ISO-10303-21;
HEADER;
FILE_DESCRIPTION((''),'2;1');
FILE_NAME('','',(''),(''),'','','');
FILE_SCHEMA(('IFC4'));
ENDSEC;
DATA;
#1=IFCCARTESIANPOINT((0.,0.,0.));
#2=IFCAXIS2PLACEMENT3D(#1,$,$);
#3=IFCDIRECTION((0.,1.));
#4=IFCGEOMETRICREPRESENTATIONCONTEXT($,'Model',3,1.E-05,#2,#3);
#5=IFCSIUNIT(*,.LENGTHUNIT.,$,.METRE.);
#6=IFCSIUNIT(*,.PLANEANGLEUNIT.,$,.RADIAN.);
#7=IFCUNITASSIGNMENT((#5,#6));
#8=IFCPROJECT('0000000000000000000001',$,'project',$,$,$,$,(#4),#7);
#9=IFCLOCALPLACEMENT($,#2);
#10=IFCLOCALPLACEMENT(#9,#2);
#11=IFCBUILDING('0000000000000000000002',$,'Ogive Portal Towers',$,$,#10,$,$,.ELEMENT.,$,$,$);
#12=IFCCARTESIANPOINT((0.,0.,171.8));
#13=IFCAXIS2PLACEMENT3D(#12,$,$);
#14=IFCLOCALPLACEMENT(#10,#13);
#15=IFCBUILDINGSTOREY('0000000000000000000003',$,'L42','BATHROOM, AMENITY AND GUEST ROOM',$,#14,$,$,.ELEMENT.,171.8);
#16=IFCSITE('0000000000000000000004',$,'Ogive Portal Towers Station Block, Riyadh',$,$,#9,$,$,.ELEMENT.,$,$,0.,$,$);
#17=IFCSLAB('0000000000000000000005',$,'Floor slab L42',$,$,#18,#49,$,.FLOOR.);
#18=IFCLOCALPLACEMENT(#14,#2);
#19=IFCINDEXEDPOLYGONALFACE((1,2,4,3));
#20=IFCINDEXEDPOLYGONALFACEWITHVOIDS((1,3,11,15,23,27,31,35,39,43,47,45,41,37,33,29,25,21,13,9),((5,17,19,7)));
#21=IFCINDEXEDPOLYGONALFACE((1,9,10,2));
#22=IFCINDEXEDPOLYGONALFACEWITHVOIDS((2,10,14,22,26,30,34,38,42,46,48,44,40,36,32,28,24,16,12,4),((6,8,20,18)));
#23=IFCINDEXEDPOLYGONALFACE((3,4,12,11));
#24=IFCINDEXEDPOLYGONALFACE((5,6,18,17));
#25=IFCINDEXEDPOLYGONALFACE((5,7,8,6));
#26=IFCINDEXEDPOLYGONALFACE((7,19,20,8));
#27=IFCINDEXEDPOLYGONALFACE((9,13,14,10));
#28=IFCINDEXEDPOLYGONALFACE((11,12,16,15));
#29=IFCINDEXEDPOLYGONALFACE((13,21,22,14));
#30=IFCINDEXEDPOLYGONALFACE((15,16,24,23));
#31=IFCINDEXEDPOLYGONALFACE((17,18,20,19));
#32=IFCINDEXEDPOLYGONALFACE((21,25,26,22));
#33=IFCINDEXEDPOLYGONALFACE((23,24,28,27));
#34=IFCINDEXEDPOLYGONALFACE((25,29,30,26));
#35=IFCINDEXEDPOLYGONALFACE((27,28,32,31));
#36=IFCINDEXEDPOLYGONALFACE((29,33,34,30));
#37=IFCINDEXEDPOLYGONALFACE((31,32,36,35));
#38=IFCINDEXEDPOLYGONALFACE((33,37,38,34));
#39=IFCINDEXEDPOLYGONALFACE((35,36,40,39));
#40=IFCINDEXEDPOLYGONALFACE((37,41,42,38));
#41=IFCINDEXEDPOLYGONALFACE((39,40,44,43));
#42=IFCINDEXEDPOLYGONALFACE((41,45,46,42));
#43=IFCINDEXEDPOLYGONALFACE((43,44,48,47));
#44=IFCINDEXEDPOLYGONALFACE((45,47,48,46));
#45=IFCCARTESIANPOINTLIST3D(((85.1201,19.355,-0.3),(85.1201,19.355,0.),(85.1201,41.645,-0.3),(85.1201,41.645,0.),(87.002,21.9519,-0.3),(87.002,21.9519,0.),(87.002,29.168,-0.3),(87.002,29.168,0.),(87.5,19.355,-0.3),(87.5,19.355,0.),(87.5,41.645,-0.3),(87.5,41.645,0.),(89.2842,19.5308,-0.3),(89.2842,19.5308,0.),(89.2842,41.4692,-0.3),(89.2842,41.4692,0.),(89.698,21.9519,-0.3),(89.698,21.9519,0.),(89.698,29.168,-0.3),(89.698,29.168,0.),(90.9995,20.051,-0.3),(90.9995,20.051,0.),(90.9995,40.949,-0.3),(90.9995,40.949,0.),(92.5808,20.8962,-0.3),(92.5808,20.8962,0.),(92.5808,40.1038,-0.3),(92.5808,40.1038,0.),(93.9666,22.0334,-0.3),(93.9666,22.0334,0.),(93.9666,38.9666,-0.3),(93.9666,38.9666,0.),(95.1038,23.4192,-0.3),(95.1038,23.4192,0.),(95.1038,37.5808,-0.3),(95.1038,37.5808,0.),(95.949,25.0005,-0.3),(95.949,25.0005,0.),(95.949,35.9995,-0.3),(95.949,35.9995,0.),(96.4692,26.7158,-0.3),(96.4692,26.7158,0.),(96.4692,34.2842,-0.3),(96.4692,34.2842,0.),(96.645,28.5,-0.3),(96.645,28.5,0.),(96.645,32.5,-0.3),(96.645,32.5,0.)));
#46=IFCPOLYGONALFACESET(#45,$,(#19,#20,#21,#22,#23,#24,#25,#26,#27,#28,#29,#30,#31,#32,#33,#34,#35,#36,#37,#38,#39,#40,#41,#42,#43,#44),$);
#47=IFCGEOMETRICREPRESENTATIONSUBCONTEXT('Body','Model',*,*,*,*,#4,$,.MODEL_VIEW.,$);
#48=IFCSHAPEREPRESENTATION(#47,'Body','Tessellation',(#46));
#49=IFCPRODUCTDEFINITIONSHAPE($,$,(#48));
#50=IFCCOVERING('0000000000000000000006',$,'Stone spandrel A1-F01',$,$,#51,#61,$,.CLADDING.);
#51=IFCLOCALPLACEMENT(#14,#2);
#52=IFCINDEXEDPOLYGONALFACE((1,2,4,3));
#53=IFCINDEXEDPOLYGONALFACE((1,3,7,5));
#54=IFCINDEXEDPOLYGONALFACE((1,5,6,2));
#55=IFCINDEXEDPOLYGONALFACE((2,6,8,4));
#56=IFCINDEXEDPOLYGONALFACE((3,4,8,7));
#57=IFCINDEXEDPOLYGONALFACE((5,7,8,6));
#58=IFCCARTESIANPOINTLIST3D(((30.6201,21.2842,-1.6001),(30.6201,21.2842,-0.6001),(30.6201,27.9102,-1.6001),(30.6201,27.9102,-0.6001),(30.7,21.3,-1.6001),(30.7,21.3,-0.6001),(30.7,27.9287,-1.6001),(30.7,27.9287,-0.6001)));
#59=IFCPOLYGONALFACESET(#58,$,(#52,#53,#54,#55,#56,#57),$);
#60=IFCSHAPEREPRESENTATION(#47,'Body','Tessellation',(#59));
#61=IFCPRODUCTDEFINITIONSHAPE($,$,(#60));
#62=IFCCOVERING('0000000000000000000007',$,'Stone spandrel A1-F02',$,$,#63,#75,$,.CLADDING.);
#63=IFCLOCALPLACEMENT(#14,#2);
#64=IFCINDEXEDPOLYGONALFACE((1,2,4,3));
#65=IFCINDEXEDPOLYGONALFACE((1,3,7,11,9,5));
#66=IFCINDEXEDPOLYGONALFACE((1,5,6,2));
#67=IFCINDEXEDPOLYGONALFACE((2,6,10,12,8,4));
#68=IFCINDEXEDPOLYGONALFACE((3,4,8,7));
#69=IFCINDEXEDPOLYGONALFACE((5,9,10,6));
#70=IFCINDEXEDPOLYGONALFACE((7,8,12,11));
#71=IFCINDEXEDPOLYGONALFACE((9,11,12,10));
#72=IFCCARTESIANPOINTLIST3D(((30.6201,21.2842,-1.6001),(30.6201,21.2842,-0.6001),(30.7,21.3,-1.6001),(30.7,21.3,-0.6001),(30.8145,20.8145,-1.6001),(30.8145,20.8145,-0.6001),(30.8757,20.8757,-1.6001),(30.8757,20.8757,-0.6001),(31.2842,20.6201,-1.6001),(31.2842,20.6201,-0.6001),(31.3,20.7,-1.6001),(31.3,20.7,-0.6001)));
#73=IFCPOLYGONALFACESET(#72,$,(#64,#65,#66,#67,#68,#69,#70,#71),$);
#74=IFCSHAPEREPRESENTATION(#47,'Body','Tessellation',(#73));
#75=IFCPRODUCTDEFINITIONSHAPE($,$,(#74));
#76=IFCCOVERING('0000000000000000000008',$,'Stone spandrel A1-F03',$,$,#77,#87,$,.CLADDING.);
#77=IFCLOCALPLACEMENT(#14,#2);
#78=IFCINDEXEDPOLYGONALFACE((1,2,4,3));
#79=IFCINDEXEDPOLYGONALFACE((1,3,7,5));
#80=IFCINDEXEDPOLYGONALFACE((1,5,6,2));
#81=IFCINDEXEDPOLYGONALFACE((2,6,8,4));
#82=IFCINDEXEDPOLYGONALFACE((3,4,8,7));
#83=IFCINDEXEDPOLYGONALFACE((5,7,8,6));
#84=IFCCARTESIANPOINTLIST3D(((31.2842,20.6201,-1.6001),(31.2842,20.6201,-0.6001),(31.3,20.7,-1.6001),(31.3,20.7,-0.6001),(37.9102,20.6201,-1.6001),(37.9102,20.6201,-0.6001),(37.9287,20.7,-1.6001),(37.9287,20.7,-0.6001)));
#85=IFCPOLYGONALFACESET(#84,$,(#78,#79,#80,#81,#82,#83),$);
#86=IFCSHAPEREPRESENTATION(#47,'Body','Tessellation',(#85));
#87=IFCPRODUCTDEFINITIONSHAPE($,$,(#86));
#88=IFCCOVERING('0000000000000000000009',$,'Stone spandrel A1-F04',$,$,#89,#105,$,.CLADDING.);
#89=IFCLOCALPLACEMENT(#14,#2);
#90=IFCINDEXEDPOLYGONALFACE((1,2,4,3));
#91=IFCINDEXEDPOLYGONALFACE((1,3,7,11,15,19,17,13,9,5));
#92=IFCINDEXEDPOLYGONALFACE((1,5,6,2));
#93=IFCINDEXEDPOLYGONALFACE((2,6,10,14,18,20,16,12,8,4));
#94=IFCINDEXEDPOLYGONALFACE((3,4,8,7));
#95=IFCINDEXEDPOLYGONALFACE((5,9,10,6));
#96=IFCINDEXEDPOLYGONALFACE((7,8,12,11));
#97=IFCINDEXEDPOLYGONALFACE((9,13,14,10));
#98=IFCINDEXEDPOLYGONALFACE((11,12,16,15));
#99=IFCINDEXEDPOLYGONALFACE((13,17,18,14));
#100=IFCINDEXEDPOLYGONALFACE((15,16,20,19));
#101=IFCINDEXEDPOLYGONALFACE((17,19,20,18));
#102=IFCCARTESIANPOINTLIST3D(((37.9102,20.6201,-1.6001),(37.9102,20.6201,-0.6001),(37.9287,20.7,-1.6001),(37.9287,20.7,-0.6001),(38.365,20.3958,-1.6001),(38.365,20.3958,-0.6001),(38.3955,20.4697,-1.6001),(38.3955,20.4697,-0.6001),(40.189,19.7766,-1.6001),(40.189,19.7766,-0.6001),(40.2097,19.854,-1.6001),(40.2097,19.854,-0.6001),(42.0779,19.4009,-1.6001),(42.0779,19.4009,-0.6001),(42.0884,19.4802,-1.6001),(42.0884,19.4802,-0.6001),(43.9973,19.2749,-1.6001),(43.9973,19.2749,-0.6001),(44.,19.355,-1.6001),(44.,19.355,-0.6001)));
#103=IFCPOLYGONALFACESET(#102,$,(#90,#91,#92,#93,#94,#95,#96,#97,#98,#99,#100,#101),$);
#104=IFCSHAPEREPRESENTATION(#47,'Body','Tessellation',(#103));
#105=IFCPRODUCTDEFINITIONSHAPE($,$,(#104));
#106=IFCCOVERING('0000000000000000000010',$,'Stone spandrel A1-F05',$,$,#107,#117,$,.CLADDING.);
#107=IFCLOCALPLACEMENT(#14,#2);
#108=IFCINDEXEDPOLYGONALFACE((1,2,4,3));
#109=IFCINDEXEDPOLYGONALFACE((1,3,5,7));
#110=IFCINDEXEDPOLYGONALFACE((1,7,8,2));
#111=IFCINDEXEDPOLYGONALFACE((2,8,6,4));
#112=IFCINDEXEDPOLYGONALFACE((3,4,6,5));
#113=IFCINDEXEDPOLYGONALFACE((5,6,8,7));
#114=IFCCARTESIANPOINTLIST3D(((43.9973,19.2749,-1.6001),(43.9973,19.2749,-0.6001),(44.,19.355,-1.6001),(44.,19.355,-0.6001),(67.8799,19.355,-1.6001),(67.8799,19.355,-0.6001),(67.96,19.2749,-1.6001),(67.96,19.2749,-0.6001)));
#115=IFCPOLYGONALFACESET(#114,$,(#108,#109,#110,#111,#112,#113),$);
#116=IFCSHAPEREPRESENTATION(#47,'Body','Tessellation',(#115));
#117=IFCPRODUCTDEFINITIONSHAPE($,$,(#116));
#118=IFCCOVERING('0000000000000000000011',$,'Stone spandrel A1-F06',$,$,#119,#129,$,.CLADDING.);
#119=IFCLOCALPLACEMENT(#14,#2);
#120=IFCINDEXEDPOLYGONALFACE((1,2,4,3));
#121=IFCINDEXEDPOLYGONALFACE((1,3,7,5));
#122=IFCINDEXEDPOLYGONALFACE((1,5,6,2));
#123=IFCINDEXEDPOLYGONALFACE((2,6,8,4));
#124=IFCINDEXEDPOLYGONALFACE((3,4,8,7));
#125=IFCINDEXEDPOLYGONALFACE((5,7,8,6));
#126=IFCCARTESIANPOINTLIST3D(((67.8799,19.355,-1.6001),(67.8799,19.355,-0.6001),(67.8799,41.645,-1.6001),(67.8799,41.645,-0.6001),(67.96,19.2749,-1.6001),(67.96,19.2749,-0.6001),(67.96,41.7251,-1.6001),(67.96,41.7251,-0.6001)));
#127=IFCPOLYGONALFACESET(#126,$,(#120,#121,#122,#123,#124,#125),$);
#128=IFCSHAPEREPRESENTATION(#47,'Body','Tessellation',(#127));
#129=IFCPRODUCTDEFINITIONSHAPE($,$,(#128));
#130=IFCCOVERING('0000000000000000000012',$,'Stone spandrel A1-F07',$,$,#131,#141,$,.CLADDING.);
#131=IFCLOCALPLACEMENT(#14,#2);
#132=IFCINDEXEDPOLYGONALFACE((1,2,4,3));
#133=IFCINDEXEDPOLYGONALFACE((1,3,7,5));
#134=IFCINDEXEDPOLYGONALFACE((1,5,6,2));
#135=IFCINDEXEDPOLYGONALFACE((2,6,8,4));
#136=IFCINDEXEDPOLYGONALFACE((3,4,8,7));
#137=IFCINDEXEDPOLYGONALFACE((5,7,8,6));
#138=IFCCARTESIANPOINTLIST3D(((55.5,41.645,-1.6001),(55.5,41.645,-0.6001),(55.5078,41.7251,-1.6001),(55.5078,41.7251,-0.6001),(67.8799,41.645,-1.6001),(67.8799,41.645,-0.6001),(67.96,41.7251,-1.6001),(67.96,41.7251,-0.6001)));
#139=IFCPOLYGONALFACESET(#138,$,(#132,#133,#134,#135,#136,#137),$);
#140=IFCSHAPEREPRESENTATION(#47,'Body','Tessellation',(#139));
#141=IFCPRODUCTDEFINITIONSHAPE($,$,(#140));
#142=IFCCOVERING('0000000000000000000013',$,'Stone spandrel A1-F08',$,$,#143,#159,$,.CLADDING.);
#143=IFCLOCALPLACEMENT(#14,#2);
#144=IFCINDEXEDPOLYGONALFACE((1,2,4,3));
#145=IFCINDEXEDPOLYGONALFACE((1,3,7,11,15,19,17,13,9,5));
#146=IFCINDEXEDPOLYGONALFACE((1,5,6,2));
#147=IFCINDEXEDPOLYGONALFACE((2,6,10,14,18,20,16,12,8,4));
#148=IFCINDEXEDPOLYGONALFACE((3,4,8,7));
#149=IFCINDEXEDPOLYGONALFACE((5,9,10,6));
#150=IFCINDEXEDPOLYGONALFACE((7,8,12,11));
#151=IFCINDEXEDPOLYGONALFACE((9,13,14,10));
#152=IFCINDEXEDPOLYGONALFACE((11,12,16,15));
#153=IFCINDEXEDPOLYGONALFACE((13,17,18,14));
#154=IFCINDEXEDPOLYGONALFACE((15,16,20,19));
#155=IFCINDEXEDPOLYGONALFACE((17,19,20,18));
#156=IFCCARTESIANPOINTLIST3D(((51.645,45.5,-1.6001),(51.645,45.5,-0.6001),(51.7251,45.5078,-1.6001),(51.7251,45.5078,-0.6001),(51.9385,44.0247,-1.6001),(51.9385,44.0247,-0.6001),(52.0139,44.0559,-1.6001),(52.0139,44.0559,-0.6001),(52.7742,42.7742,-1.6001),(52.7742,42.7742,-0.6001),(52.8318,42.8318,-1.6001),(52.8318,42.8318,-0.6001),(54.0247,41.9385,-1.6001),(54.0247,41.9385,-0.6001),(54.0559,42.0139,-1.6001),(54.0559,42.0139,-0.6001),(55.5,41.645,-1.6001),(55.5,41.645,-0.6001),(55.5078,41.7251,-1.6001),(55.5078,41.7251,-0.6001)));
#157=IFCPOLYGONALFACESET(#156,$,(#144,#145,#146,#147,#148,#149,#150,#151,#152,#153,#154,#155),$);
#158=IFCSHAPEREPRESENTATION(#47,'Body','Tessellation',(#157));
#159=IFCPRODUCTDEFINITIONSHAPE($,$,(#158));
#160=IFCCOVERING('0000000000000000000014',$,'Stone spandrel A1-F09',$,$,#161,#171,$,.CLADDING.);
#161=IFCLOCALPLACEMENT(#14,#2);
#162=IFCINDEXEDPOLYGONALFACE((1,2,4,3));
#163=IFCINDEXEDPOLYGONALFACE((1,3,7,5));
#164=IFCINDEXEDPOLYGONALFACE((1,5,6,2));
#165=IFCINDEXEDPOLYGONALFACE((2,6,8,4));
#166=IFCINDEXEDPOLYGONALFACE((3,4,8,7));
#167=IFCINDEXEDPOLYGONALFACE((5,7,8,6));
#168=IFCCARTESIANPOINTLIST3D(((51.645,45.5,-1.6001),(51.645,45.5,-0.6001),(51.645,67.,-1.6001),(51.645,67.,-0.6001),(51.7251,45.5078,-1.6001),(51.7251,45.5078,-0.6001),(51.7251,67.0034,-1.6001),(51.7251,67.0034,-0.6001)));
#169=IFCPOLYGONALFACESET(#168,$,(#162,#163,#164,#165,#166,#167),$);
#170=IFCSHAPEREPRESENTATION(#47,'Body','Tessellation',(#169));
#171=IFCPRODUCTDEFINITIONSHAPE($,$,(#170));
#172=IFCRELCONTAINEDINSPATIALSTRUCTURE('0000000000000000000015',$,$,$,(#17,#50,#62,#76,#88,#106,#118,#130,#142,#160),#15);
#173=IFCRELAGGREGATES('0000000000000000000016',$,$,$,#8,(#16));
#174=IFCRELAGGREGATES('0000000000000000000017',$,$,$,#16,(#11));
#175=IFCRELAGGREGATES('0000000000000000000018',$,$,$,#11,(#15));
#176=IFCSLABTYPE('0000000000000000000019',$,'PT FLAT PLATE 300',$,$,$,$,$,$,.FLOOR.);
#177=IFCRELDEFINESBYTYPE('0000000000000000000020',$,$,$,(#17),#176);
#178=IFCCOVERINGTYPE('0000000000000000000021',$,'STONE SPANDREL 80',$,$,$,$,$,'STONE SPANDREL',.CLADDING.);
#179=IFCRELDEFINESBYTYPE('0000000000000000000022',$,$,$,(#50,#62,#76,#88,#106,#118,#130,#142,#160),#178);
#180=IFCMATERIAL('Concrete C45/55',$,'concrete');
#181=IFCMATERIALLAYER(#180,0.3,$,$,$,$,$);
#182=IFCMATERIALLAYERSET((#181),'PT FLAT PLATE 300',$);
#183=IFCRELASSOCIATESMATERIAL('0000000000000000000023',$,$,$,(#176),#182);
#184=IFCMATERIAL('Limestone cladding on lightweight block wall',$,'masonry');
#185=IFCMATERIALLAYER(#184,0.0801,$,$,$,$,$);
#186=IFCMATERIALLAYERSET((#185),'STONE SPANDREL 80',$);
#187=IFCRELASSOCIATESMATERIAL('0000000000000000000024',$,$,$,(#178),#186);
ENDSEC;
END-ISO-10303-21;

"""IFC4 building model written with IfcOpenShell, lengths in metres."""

from ifc_helpers import new_model, si_unit, direction, frame, origin, place, context, subcontext, project, spatial, polyline, outline, extrude, material, layer, layer_set, type_object, element, save


model = new_model("IFC4")

# Units and contexts
model_context = context("Model", 3, precision=1e-05, world=origin(), true_north=direction((0.0, 1.0)))
body_context = subcontext(model_context, "Body", "Model", "MODEL_VIEW")
ifc_project = project(units=[si_unit("LENGTHUNIT", "METRE"), si_unit("PLANEANGLEUNIT", "RADIAN")], contexts=[model_context])

# Site, building, storey
site_placement = place(None, origin())
site = spatial("IfcSite", under=ifc_project, at=site_placement, Name="Ogive Portal Towers Station Block, Riyadh", CompositionType="ELEMENT", RefElevation=0.0)
building_placement = place(site_placement, origin())
building = spatial("IfcBuilding", under=site, at=building_placement, Name="Ogive Portal Towers", CompositionType="ELEMENT")
storey_placement = place(building_placement, frame((0.0, 0.0, 171.8)))
storey = spatial("IfcBuildingStorey", under=building, at=storey_placement, Name="L42", Description="BATHROOM, AMENITY AND GUEST ROOM", CompositionType="ELEMENT", Elevation=171.8)

# Slab
ifc_material_1 = material(Name="Concrete C45/55", Category="concrete")
ifc_layer_1 = layer(ifc_material_1, 0.3)
ifc_layer_set_1 = layer_set([ifc_layer_1], Name="PT FLAT PLATE 300")
slab_type_1 = type_object("IfcSlabType", Name="PT FLAT PLATE 300", PredefinedType="FLOOR", material=ifc_layer_set_1)
slab_1_placement = place(storey_placement, frame((0.0, 0.0, -0.3)))
element("IfcSlab", 1, at=slab_1_placement, inside=storey, type_object=slab_type_1, Name="Floor slab L42", PredefinedType="FLOOR", context=body_context, shape_type="SweptSolid", body=[
    extrude(outline(polyline([(89.2842, 41.4692), (87.5, 41.645), (85.1201, 41.645), (85.1201, 19.355), (87.5, 19.355), (89.2842, 19.5308), (90.9995, 20.051), (92.5808, 20.8962), (93.9666, 22.0334), (95.1038, 23.4192), (95.949, 25.0005), (96.4692, 26.7158), (96.645, 28.5), (96.645, 32.5), (96.4692, 34.2842), (95.949, 35.9995), (95.1038, 37.5808), (93.9666, 38.9666), (92.5808, 40.1038), (90.9995, 40.949), (89.2842, 41.4692)]), holes=[polyline([(87.002, 21.9519), (87.002, 29.168), (89.698, 29.168), (89.698, 21.9519), (87.002, 21.9519)])]), origin(), (0.0, 0.0, 1.0), 0.3),
])

# Coverings
ifc_material_2 = material(Name="Limestone cladding on lightweight block wall", Category="masonry")
ifc_layer_2 = layer(ifc_material_2, 0.0801)
ifc_layer_set_2 = layer_set([ifc_layer_2], Name="STONE SPANDREL 80")
covering_type_1 = type_object("IfcCoveringType", Name="STONE SPANDREL 80", ElementType="STONE SPANDREL", PredefinedType="CLADDING", material=ifc_layer_set_2)
covering_1_placement = place(storey_placement, frame((0.0, 0.0, -1.6001)))
element("IfcCovering", 2, at=covering_1_placement, inside=storey, type_object=covering_type_1, Name="Stone spandrel A1-F01", PredefinedType="CLADDING", context=body_context, shape_type="SweptSolid", body=[
    extrude(outline(polyline([(30.7, 27.9287), (30.7, 21.3), (30.6201, 21.2842), (30.6201, 27.9102), (30.7, 27.9287)])), origin(), (0.0, 0.0, 1.0), 1.0),
])
covering_2_placement = place(storey_placement, frame((0.0, 0.0, -1.6001)))
element("IfcCovering", 3, at=covering_2_placement, inside=storey, type_object=covering_type_1, Name="Stone spandrel A1-F02", PredefinedType="CLADDING", context=body_context, shape_type="SweptSolid", body=[
    extrude(outline(polyline([(30.7, 21.3), (30.8757, 20.8757), (31.3, 20.7), (31.2842, 20.6201), (30.8145, 20.8145), (30.6201, 21.2842), (30.7, 21.3)])), origin(), (0.0, 0.0, 1.0), 1.0),
])
covering_3_placement = place(storey_placement, frame((0.0, 0.0, -1.6001)))
element("IfcCovering", 4, at=covering_3_placement, inside=storey, type_object=covering_type_1, Name="Stone spandrel A1-F03", PredefinedType="CLADDING", context=body_context, shape_type="SweptSolid", body=[
    extrude(outline(polyline([(31.3, 20.7), (37.9287, 20.7), (37.9102, 20.6201), (31.2842, 20.6201), (31.3, 20.7)])), origin(), (0.0, 0.0, 1.0), 1.0),
])
covering_4_placement = place(storey_placement, frame((0.0, 0.0, -1.6001)))
element("IfcCovering", 5, at=covering_4_placement, inside=storey, type_object=covering_type_1, Name="Stone spandrel A1-F04", PredefinedType="CLADDING", context=body_context, shape_type="SweptSolid", body=[
    extrude(outline(polyline([(37.9287, 20.7), (38.3955, 20.4697), (40.2097, 19.854), (42.0884, 19.4802), (44.0, 19.355), (43.9973, 19.2749), (42.0779, 19.4009), (40.189, 19.7766), (38.365, 20.3958), (37.9102, 20.6201), (37.9287, 20.7)])), origin(), (0.0, 0.0, 1.0), 1.0),
])
covering_5_placement = place(storey_placement, frame((0.0, 0.0, -1.6001)))
element("IfcCovering", 6, at=covering_5_placement, inside=storey, type_object=covering_type_1, Name="Stone spandrel A1-F05", PredefinedType="CLADDING", context=body_context, shape_type="SweptSolid", body=[
    extrude(outline(polyline([(44.0, 19.355), (67.8799, 19.355), (67.96, 19.2749), (43.9973, 19.2749), (44.0, 19.355)])), origin(), (0.0, 0.0, 1.0), 1.0),
])
covering_6_placement = place(storey_placement, frame((0.0, 0.0, -1.6001)))
element("IfcCovering", 7, at=covering_6_placement, inside=storey, type_object=covering_type_1, Name="Stone spandrel A1-F06", PredefinedType="CLADDING", context=body_context, shape_type="SweptSolid", body=[
    extrude(outline(polyline([(67.8799, 19.355), (67.8799, 41.645), (67.96, 41.7251), (67.96, 19.2749), (67.8799, 19.355)])), origin(), (0.0, 0.0, 1.0), 1.0),
])
covering_7_placement = place(storey_placement, frame((0.0, 0.0, -1.6001)))
element("IfcCovering", 8, at=covering_7_placement, inside=storey, type_object=covering_type_1, Name="Stone spandrel A1-F07", PredefinedType="CLADDING", context=body_context, shape_type="SweptSolid", body=[
    extrude(outline(polyline([(67.8799, 41.645), (55.5, 41.645), (55.5078, 41.7251), (67.96, 41.7251), (67.8799, 41.645)])), origin(), (0.0, 0.0, 1.0), 1.0),
])
covering_8_placement = place(storey_placement, frame((0.0, 0.0, -1.6001)))
element("IfcCovering", 9, at=covering_8_placement, inside=storey, type_object=covering_type_1, Name="Stone spandrel A1-F08", PredefinedType="CLADDING", context=body_context, shape_type="SweptSolid", body=[
    extrude(outline(polyline([(55.5, 41.645), (54.0247, 41.9385), (52.7742, 42.7742), (51.9385, 44.0247), (51.645, 45.5), (51.7251, 45.5078), (52.0139, 44.0559), (52.8318, 42.8318), (54.0559, 42.0139), (55.5078, 41.7251), (55.5, 41.645)])), origin(), (0.0, 0.0, 1.0), 1.0),
])
covering_9_placement = place(storey_placement, frame((0.0, 0.0, -1.6001)))
element("IfcCovering", 10, at=covering_9_placement, inside=storey, type_object=covering_type_1, Name="Stone spandrel A1-F09", PredefinedType="CLADDING", context=body_context, shape_type="SweptSolid", body=[
    extrude(outline(polyline([(51.645, 45.5), (51.645, 67.0), (51.7251, 67.0034), (51.7251, 45.5078), (51.645, 45.5)])), origin(), (0.0, 0.0, 1.0), 1.0),
])

save(model, "model.ifc")
